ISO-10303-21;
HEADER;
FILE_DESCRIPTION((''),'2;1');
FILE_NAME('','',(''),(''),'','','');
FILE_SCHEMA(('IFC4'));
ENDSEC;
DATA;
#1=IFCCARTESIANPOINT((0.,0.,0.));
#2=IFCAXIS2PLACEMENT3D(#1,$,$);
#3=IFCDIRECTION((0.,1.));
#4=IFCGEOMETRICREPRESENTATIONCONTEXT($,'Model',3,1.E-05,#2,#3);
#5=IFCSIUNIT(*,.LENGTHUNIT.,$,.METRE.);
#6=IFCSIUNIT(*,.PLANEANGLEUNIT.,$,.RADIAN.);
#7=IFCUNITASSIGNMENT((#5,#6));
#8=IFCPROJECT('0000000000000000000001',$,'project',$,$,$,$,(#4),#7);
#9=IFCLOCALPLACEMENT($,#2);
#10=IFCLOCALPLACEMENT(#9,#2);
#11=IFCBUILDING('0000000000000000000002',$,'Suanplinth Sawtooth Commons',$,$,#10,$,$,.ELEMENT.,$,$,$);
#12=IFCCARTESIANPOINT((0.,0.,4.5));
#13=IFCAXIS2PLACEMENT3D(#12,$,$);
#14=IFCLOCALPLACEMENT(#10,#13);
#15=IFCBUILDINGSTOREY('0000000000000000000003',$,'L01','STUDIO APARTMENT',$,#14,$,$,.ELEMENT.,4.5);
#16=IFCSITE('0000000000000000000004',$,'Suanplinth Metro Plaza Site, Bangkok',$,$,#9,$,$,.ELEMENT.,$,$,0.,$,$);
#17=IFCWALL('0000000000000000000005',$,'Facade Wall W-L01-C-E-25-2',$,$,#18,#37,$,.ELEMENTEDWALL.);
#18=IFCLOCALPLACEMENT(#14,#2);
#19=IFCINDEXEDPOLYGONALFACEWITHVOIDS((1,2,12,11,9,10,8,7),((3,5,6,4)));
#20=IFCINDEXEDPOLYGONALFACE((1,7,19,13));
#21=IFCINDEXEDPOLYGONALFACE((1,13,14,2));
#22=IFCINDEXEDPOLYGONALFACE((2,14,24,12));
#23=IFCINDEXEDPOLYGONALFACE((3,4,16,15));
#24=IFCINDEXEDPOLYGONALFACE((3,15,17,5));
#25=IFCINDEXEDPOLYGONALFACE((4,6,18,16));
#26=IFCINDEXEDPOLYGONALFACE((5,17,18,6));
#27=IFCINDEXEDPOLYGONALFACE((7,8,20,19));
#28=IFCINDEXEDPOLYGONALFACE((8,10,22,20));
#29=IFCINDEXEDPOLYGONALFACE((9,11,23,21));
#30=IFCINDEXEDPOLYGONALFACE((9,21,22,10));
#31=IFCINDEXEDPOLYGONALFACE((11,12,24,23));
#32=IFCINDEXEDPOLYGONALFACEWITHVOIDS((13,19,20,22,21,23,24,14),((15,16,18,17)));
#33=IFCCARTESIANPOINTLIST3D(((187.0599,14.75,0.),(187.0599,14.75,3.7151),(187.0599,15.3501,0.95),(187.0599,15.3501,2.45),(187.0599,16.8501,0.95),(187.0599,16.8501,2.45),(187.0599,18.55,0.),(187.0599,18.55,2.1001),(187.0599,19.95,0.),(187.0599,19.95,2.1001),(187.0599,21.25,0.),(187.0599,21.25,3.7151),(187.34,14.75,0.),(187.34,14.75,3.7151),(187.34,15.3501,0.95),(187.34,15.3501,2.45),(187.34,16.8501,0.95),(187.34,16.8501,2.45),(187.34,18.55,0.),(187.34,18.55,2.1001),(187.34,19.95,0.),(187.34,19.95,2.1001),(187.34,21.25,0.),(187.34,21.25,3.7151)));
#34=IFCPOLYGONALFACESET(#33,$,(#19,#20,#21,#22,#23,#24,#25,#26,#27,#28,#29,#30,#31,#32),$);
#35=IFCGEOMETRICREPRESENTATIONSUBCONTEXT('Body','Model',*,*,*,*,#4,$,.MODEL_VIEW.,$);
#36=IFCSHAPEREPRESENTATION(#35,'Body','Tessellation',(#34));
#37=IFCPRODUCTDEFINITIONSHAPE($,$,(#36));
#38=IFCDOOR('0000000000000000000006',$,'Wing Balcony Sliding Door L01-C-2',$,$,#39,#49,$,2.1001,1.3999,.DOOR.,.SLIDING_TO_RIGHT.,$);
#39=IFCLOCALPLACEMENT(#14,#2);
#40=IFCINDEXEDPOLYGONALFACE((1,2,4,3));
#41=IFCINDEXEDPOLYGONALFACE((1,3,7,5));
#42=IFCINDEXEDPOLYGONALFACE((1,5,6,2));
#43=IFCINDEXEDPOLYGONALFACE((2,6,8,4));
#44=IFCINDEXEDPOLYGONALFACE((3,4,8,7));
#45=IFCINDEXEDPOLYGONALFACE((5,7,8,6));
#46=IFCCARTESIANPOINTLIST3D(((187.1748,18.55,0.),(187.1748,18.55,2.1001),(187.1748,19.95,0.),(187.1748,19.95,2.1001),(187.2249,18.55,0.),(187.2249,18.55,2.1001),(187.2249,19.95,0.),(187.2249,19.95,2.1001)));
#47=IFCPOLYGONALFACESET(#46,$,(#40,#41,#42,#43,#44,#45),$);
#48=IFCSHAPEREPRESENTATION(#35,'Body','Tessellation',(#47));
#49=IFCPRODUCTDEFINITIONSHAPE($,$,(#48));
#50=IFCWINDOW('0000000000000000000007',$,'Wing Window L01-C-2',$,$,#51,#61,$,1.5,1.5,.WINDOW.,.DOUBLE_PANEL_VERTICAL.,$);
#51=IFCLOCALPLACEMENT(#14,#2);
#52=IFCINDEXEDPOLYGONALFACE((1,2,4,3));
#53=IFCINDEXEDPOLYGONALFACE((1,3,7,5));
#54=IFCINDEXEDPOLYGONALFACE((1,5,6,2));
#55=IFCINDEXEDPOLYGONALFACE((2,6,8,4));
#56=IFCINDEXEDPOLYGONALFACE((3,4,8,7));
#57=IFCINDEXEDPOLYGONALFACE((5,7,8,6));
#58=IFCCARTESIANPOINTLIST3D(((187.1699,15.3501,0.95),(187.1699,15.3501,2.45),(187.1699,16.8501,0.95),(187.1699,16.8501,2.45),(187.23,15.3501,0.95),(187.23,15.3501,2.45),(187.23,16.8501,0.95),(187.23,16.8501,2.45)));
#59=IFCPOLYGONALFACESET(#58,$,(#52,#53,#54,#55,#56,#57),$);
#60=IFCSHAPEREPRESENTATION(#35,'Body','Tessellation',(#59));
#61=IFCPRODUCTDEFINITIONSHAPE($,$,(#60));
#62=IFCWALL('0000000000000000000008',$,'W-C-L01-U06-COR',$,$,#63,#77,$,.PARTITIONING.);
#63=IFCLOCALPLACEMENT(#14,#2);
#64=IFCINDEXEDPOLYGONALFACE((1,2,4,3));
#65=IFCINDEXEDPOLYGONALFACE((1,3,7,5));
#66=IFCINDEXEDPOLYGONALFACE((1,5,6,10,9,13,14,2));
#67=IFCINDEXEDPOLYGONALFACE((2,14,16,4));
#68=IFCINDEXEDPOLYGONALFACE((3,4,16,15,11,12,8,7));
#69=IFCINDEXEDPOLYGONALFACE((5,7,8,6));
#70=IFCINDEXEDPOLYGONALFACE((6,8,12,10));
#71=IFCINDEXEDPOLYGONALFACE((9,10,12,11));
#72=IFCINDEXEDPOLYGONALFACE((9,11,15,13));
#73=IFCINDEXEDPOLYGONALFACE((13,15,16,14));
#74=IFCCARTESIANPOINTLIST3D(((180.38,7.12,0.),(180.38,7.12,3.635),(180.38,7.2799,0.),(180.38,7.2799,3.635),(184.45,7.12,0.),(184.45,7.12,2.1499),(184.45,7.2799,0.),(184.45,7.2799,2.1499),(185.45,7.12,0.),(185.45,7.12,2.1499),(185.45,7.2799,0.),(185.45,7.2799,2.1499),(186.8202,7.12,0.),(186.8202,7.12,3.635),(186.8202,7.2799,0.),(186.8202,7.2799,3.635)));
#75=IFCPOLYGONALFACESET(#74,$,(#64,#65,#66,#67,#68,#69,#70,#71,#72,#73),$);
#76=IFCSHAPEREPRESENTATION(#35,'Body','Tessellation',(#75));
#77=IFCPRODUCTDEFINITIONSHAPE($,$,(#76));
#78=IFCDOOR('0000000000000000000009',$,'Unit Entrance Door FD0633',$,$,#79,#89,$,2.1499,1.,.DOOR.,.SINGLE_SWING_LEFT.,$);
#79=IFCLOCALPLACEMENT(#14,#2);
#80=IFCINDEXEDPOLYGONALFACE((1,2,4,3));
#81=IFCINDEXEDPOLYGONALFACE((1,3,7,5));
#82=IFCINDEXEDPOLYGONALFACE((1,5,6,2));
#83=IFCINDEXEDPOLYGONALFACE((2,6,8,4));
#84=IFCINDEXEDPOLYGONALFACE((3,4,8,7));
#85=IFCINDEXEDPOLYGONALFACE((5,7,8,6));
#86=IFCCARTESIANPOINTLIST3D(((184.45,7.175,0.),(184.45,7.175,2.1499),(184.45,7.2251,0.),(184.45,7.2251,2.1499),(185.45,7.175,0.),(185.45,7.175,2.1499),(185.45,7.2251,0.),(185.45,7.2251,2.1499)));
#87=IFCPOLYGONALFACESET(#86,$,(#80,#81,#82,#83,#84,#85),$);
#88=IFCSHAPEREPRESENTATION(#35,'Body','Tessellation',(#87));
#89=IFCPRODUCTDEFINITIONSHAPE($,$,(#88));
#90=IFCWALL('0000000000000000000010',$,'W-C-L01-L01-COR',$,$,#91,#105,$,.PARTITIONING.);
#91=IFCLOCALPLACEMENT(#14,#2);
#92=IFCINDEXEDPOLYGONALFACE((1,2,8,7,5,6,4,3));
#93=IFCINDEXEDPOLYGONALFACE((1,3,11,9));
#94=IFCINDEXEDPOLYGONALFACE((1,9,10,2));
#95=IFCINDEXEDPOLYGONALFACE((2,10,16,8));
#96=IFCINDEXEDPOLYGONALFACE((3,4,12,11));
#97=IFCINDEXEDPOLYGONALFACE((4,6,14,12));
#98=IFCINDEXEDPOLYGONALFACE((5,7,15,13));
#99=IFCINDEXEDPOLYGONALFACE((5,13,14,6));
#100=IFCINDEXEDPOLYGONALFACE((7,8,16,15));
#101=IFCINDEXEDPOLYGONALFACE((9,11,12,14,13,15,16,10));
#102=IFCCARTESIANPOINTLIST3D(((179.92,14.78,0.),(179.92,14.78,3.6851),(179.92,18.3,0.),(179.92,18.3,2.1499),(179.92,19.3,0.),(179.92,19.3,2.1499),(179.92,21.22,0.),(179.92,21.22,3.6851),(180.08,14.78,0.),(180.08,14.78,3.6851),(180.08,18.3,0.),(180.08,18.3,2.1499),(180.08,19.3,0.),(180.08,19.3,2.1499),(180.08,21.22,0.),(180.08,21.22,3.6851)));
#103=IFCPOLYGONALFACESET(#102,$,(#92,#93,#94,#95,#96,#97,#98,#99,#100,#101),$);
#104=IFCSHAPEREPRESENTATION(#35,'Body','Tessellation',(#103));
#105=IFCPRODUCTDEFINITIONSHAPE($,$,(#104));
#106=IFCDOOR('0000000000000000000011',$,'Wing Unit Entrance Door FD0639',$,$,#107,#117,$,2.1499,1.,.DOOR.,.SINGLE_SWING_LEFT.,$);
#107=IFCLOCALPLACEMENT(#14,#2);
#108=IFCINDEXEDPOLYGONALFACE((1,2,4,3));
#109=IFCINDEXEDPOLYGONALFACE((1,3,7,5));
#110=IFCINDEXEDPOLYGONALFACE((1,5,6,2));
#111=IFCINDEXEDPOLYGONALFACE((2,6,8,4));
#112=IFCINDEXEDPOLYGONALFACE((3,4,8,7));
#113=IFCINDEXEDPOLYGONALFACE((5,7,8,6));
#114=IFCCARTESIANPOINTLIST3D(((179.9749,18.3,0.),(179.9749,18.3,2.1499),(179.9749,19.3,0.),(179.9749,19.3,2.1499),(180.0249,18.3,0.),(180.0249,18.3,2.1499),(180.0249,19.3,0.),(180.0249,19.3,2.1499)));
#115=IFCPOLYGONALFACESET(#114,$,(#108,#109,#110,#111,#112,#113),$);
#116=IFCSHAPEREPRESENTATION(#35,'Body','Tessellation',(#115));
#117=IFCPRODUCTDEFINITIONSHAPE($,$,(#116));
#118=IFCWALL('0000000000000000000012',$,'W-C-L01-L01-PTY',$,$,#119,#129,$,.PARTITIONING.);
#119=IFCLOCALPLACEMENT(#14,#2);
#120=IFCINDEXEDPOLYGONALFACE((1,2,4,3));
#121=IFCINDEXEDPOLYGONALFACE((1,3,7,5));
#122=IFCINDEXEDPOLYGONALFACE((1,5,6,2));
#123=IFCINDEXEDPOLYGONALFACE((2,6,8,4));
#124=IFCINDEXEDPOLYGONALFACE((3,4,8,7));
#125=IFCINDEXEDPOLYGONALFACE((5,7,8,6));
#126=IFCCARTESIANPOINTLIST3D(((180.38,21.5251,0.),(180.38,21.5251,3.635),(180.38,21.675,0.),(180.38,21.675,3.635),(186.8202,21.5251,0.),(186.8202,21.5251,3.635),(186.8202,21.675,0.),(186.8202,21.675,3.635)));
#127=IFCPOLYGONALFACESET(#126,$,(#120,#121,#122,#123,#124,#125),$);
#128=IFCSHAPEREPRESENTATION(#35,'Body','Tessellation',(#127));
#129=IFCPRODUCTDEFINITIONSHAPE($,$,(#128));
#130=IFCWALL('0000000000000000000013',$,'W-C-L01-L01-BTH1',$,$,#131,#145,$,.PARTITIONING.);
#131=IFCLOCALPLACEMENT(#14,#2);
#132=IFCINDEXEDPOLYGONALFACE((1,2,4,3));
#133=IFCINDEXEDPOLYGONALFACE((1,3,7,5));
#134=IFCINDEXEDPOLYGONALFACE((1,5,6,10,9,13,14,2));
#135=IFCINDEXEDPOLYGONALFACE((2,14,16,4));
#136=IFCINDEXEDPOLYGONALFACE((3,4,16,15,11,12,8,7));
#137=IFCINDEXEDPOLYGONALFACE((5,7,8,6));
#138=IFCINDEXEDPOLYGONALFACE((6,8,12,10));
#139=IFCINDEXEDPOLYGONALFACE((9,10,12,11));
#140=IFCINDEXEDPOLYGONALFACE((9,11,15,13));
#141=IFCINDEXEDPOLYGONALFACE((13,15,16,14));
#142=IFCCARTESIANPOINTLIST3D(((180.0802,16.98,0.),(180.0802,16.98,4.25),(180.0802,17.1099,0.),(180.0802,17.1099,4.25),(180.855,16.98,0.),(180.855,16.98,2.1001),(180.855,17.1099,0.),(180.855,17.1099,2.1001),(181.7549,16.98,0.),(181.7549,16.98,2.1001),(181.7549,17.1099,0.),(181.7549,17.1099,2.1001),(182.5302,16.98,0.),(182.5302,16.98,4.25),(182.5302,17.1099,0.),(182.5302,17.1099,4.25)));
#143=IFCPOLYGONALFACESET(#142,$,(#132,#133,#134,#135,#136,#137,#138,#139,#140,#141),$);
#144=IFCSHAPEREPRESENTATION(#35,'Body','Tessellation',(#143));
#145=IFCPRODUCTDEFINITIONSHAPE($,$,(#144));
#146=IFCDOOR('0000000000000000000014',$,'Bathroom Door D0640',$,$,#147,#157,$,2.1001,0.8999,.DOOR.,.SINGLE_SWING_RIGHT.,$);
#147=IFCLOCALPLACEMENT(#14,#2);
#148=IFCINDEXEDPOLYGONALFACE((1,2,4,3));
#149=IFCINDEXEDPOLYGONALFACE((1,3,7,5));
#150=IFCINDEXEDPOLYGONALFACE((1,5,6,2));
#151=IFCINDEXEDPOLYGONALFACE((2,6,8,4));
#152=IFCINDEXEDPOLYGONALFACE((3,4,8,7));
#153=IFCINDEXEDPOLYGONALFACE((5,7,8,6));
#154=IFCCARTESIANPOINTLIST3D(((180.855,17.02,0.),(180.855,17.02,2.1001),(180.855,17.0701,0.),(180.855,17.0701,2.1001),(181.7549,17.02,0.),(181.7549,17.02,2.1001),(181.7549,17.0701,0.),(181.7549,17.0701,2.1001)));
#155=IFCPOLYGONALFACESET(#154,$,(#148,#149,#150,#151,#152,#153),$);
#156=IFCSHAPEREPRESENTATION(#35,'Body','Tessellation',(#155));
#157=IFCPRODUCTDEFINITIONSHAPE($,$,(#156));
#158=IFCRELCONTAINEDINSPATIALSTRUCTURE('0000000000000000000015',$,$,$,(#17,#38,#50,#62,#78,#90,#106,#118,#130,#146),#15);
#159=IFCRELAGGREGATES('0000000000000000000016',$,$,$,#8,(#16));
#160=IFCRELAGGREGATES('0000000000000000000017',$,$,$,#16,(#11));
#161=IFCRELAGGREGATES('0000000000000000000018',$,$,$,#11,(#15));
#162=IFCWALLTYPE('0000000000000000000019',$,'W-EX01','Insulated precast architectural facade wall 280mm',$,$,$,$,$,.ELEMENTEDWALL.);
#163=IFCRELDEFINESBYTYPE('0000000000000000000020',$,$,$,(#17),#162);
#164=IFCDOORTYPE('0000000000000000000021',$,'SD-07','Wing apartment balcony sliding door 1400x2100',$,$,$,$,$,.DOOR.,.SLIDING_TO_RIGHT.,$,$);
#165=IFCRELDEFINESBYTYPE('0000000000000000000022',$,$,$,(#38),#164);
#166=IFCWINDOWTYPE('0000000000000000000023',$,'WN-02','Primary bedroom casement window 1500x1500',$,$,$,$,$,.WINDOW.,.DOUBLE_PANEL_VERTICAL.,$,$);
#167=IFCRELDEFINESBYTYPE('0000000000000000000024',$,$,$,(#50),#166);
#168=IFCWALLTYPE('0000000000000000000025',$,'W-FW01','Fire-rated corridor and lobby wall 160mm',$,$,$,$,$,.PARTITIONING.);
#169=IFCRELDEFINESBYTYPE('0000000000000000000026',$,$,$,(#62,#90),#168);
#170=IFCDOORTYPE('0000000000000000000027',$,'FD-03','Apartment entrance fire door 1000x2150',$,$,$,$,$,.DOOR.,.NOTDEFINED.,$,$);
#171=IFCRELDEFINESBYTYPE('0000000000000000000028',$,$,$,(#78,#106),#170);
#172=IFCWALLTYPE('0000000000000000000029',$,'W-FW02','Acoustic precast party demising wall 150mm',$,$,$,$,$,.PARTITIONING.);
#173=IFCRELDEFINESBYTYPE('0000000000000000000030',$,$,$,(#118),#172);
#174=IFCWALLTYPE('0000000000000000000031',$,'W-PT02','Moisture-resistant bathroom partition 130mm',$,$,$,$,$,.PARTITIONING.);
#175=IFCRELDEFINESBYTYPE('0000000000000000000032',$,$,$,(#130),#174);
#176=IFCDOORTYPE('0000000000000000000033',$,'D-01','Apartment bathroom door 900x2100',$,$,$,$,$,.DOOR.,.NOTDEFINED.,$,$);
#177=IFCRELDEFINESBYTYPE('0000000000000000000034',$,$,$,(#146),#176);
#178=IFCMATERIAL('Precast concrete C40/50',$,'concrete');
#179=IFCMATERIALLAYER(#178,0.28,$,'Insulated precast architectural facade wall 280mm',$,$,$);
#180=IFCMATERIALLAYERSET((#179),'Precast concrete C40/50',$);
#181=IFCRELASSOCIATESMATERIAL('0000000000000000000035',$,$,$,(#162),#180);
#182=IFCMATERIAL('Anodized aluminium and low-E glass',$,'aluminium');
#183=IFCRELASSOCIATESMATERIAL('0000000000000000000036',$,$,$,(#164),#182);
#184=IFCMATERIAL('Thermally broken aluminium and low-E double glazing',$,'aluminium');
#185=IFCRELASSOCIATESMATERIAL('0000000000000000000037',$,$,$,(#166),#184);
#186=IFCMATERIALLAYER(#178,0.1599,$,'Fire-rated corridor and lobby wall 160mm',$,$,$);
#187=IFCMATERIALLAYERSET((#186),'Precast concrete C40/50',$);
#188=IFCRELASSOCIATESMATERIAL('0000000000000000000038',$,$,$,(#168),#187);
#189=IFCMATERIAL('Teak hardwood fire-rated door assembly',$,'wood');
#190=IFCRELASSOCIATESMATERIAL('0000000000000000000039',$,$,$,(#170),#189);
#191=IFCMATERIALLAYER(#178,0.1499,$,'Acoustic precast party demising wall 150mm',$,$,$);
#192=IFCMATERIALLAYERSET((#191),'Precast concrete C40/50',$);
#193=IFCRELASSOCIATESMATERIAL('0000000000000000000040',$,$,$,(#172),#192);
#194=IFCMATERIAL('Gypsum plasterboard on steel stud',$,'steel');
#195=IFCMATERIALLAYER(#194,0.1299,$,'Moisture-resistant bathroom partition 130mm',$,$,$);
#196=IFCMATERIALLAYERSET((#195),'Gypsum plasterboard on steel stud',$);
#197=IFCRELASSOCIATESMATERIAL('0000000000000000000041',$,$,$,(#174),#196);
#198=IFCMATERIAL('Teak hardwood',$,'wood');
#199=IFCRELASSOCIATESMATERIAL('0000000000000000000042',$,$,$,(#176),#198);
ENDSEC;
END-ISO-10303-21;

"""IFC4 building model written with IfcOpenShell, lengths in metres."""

from ifc_helpers import new_model, si_unit, direction, frame, frame_2d, origin, place, context, subcontext, project, spatial, rectangle, extrude, material, layer, layer_set, type_object, element, fill, save


model = new_model("IFC4")

# Units and contexts
model_context = context("Model", 3, precision=1e-05, world=origin(), true_north=direction((0.0, 1.0)))
body_context = subcontext(model_context, "Body", "Model", "MODEL_VIEW")
ifc_project = project(units=[si_unit("LENGTHUNIT", "METRE"), si_unit("PLANEANGLEUNIT", "RADIAN")], contexts=[model_context])

# Site, building, storey
site_placement = place(None, origin())
site = spatial("IfcSite", under=ifc_project, at=site_placement, Name="Suanplinth Metro Plaza Site, Bangkok", CompositionType="ELEMENT", RefElevation=0.0)
building_placement = place(site_placement, origin())
building = spatial("IfcBuilding", under=site, at=building_placement, Name="Suanplinth Sawtooth Commons", CompositionType="ELEMENT")
storey_placement = place(building_placement, frame((0.0, 0.0, 4.5)))
storey = spatial("IfcBuildingStorey", under=building, at=storey_placement, Name="L01", Description="STUDIO APARTMENT", CompositionType="ELEMENT", Elevation=4.5)

# Shared definitions
ifc_material_1 = material(Name="Precast concrete C40/50", Category="concrete")

# Shared definitions
ifc_layer_1 = layer(ifc_material_1, 0.28, Name="Insulated precast architectural facade wall 280mm")
ifc_layer_set_1 = layer_set([ifc_layer_1], Name="Precast concrete C40/50")
wall_type_1 = type_object("IfcWallType", Name="W-EX01", Description="Insulated precast architectural facade wall 280mm", PredefinedType="ELEMENTEDWALL", material=ifc_layer_set_1)
ifc_material_2 = material(Name="Anodized aluminium and low-E glass", Category="aluminium")
door_type_1 = type_object("IfcDoorType", Name="SD-07", Description="Wing apartment balcony sliding door 1400x2100", OperationType="SLIDING_TO_RIGHT", PredefinedType="DOOR", material=ifc_material_2)

# Wall, openings, door, window
wall_1_placement = place(storey_placement, frame((187.2, 14.75, 0.0), z_axis=(0.0, 0.0, 1.0), x_axis=(0.0, 1.0, 0.0)))
wall_1 = element("IfcWall", 1, at=wall_1_placement, inside=storey, type_object=wall_type_1, Name="Facade Wall W-L01-C-E-25-2", PredefinedType="ELEMENTEDWALL", context=body_context, shape_type="SweptSolid", body=[
    extrude(rectangle(XDim=6.5, YDim=0.28, at=frame_2d((3.25, 0.0))), origin(), (0.0, 0.0, 1.0), 3.7151),
])
opening_1_placement = place(wall_1_placement, frame((3.8, 0.0, 0.0)))
opening_1 = element("IfcOpeningElement", 2, at=opening_1_placement, cuts=wall_1, PredefinedType="OPENING", context=body_context, shape_type="SweptSolid", body=[
    extrude(rectangle(XDim=1.3999, YDim=2.1001, at=frame_2d((0.7, 1.05))), frame((0.0, 0.1548, 0.0), z_axis=(0.0, -1.0, 0.0), x_axis=(1.0, 0.0, 0.0)), (0.0, 0.0, 1.0), 0.3098),
])
opening_2_placement = place(wall_1_placement, frame((0.6001, 0.0, 0.95)))
opening_2 = element("IfcOpeningElement", 3, at=opening_2_placement, cuts=wall_1, PredefinedType="OPENING", context=body_context, shape_type="SweptSolid", body=[
    extrude(rectangle(XDim=1.5, YDim=1.5, at=frame_2d((0.75, 0.75))), frame((0.0, 0.1548, 0.0), z_axis=(0.0, -1.0, 0.0), x_axis=(1.0, 0.0, 0.0)), (0.0, 0.0, 1.0), 0.3098),
])
door_1_placement = place(opening_1_placement, frame((1.3999, 0.0, 0.0), z_axis=(0.0, 0.0, 1.0), x_axis=(-1.0, 0.0, 0.0)))
door_1 = element("IfcDoor", 4, at=door_1_placement, inside=storey, type_object=door_type_1, Name="Wing Balcony Sliding Door L01-C-2", OperationType="SLIDING_TO_RIGHT", OverallHeight=2.1001, OverallWidth=1.3999, PredefinedType="DOOR", context=body_context, shape_type="SweptSolid", body=[
    extrude(rectangle(XDim=1.3999, YDim=2.1001, at=frame_2d((0.7, 1.05))), frame((0.0, 0.0249, 0.0), z_axis=(0.0, -1.0, 0.0), x_axis=(1.0, 0.0, 0.0)), (0.0, 0.0, 1.0), 0.05),
])
fill(opening_1, door_1)
ifc_material_3 = material(Name="Thermally broken aluminium and low-E double glazing", Category="aluminium")
window_type = type_object("IfcWindowType", Name="WN-02", Description="Primary bedroom casement window 1500x1500", PartitioningType="DOUBLE_PANEL_VERTICAL", PredefinedType="WINDOW", material=ifc_material_3)
window_placement = place(opening_2_placement, origin())
window = element("IfcWindow", 5, at=window_placement, inside=storey, type_object=window_type, Name="Wing Window L01-C-2", OverallHeight=1.5, OverallWidth=1.5, PartitioningType="DOUBLE_PANEL_VERTICAL", PredefinedType="WINDOW", context=body_context, shape_type="SweptSolid", body=[
    extrude(rectangle(XDim=1.5, YDim=1.5, at=frame_2d((0.75, 0.75))), frame((0.0, 0.03, 0.0), z_axis=(0.0, -1.0, 0.0), x_axis=(1.0, 0.0, 0.0)), (0.0, 0.0, 1.0), 0.0601),
])
fill(opening_2, window)

# Walls, openings, doors
ifc_layer_2 = layer(ifc_material_1, 0.1599, Name="Fire-rated corridor and lobby wall 160mm")
ifc_layer_set_2 = layer_set([ifc_layer_2], Name="Precast concrete C40/50")
wall_type_2 = type_object("IfcWallType", Name="W-FW01", Description="Fire-rated corridor and lobby wall 160mm", PredefinedType="PARTITIONING", material=ifc_layer_set_2)
wall_2_placement = place(storey_placement, frame((180.3799, 7.2, 0.0), z_axis=(0.0, 0.0, 1.0), x_axis=(1.0, 0.0, 0.0)))
wall_2 = element("IfcWall", 6, at=wall_2_placement, inside=storey, type_object=wall_type_2, Name="W-C-L01-U06-COR", PredefinedType="PARTITIONING", context=body_context, shape_type="SweptSolid", body=[
    extrude(rectangle(XDim=6.4402, YDim=0.1599, at=frame_2d((3.2202, 0.0))), origin(), (0.0, 0.0, 1.0), 3.635),
])
opening_3_placement = place(wall_2_placement, frame((4.0701, 0.0, 0.0)))
opening_3 = element("IfcOpeningElement", 7, at=opening_3_placement, cuts=wall_2, PredefinedType="OPENING", context=body_context, shape_type="SweptSolid", body=[
    extrude(rectangle(XDim=1.0, YDim=2.1499, at=frame_2d((0.5, 1.075))), frame((0.0, 0.0947, 0.0), z_axis=(0.0, -1.0, 0.0), x_axis=(1.0, 0.0, 0.0)), (0.0, 0.0, 1.0), 0.1897),
])
ifc_material_4 = material(Name="Teak hardwood fire-rated door assembly", Category="wood")
door_type_2 = type_object("IfcDoorType", Name="FD-03", Description="Apartment entrance fire door 1000x2150", OperationType="NOTDEFINED", PredefinedType="DOOR", material=ifc_material_4)
door_2_placement = place(opening_3_placement, frame((1.0, 0.0, 0.0), z_axis=(0.0, 0.0, 1.0), x_axis=(-1.0, 0.0, 0.0)))
door_2 = element("IfcDoor", 8, at=door_2_placement, inside=storey, type_object=door_type_2, Name="Unit Entrance Door FD0633", OperationType="SINGLE_SWING_LEFT", OverallHeight=2.1499, OverallWidth=1.0, PredefinedType="DOOR", context=body_context, shape_type="SweptSolid", body=[
    extrude(rectangle(XDim=1.0, YDim=2.1499, at=frame_2d((0.5, 1.075))), frame((0.0, 0.0249, 0.0), z_axis=(0.0, -1.0, 0.0), x_axis=(1.0, 0.0, 0.0)), (0.0, 0.0, 1.0), 0.05),
])
fill(opening_3, door_2)
wall_3_placement = place(storey_placement, frame((180.0, 14.78, 0.0), z_axis=(0.0, 0.0, 1.0), x_axis=(0.0, 1.0, 0.0)))
wall_3 = element("IfcWall", 9, at=wall_3_placement, inside=storey, type_object=wall_type_2, Name="W-C-L01-L01-COR", PredefinedType="PARTITIONING", context=body_context, shape_type="SweptSolid", body=[
    extrude(rectangle(XDim=6.4399, YDim=0.1599, at=frame_2d((3.22, 0.0))), origin(), (0.0, 0.0, 1.0), 3.6851),
])
opening_4_placement = place(wall_3_placement, frame((3.52, 0.0, 0.0)))
opening_4 = element("IfcOpeningElement", 10, at=opening_4_placement, cuts=wall_3, PredefinedType="OPENING", context=body_context, shape_type="SweptSolid", body=[
    extrude(rectangle(XDim=1.0, YDim=2.1499, at=frame_2d((0.5, 1.075))), frame((0.0, 0.0947, 0.0), z_axis=(0.0, -1.0, 0.0), x_axis=(1.0, 0.0, 0.0)), (0.0, 0.0, 1.0), 0.1897),
])
door_3_placement = place(opening_4_placement, frame((1.0, 0.0, 0.0), z_axis=(0.0, 0.0, 1.0), x_axis=(-1.0, 0.0, 0.0)))
door_3 = element("IfcDoor", 11, at=door_3_placement, inside=storey, type_object=door_type_2, Name="Wing Unit Entrance Door FD0639", OperationType="SINGLE_SWING_LEFT", OverallHeight=2.1499, OverallWidth=1.0, PredefinedType="DOOR", context=body_context, shape_type="SweptSolid", body=[
    extrude(rectangle(XDim=1.0, YDim=2.1499, at=frame_2d((0.5, 1.075))), frame((0.0, 0.0249, 0.0), z_axis=(0.0, -1.0, 0.0), x_axis=(1.0, 0.0, 0.0)), (0.0, 0.0, 1.0), 0.05),
])
fill(opening_4, door_3)

# Wall
ifc_layer_3 = layer(ifc_material_1, 0.1499, Name="Acoustic precast party demising wall 150mm")
ifc_layer_set_3 = layer_set([ifc_layer_3], Name="Precast concrete C40/50")
wall_type_3 = type_object("IfcWallType", Name="W-FW02", Description="Acoustic precast party demising wall 150mm", PredefinedType="PARTITIONING", material=ifc_layer_set_3)
wall_4_placement = place(storey_placement, frame((180.3799, 21.6001, 0.0), z_axis=(0.0, 0.0, 1.0), x_axis=(1.0, 0.0, 0.0)))
element("IfcWall", 12, at=wall_4_placement, inside=storey, type_object=wall_type_3, Name="W-C-L01-L01-PTY", PredefinedType="PARTITIONING", context=body_context, shape_type="SweptSolid", body=[
    extrude(rectangle(XDim=6.4402, YDim=0.1499, at=frame_2d((3.2202, 0.0))), origin(), (0.0, 0.0, 1.0), 3.635),
])

# Wall, opening, door
ifc_material_5 = material(Name="Gypsum plasterboard on steel stud", Category="steel")
ifc_layer_4 = layer(ifc_material_5, 0.1299, Name="Moisture-resistant bathroom partition 130mm")
ifc_layer_set_4 = layer_set([ifc_layer_4], Name="Gypsum plasterboard on steel stud")
wall_type_4 = type_object("IfcWallType", Name="W-PT02", Description="Moisture-resistant bathroom partition 130mm", PredefinedType="PARTITIONING", material=ifc_layer_set_4)
wall_5_placement = place(storey_placement, frame((180.0801, 17.0449, 0.0), z_axis=(0.0, 0.0, 1.0), x_axis=(1.0, 0.0, 0.0)))
wall_5 = element("IfcWall", 13, at=wall_5_placement, inside=storey, type_object=wall_type_4, Name="W-C-L01-L01-BTH1", PredefinedType="PARTITIONING", context=body_context, shape_type="SweptSolid", body=[
    extrude(rectangle(XDim=2.45, YDim=0.1299, at=frame_2d((1.2251, 0.0))), origin(), (0.0, 0.0, 1.0), 4.25),
])
opening_5_placement = place(wall_5_placement, frame((0.7749, 0.0, 0.0)))
opening_5 = element("IfcOpeningElement", 14, at=opening_5_placement, cuts=wall_5, PredefinedType="OPENING", context=body_context, shape_type="SweptSolid", body=[
    extrude(rectangle(XDim=0.8999, YDim=2.1001, at=frame_2d((0.45, 1.05))), frame((0.0, 0.0798, 0.0), z_axis=(0.0, -1.0, 0.0), x_axis=(1.0, 0.0, 0.0)), (0.0, 0.0, 1.0), 0.1597),
])
ifc_material_6 = material(Name="Teak hardwood", Category="wood")
door_type_3 = type_object("IfcDoorType", Name="D-01", Description="Apartment bathroom door 900x2100", OperationType="NOTDEFINED", PredefinedType="DOOR", material=ifc_material_6)
door_4_placement = place(opening_5_placement, frame((0.8999, 0.0, 0.0), z_axis=(0.0, 0.0, 1.0), x_axis=(-1.0, 0.0, 0.0)))
door_4 = element("IfcDoor", 15, at=door_4_placement, inside=storey, type_object=door_type_3, Name="Bathroom Door D0640", OperationType="SINGLE_SWING_RIGHT", OverallHeight=2.1001, OverallWidth=0.8999, PredefinedType="DOOR", context=body_context, shape_type="SweptSolid", body=[
    extrude(rectangle(XDim=0.8999, YDim=2.1001, at=frame_2d((0.45, 1.05))), frame((0.0, 0.0249, 0.0), z_axis=(0.0, -1.0, 0.0), x_axis=(1.0, 0.0, 0.0)), (0.0, 0.0, 1.0), 0.05),
])
fill(opening_5, door_4)

save(model, "model.ifc")
